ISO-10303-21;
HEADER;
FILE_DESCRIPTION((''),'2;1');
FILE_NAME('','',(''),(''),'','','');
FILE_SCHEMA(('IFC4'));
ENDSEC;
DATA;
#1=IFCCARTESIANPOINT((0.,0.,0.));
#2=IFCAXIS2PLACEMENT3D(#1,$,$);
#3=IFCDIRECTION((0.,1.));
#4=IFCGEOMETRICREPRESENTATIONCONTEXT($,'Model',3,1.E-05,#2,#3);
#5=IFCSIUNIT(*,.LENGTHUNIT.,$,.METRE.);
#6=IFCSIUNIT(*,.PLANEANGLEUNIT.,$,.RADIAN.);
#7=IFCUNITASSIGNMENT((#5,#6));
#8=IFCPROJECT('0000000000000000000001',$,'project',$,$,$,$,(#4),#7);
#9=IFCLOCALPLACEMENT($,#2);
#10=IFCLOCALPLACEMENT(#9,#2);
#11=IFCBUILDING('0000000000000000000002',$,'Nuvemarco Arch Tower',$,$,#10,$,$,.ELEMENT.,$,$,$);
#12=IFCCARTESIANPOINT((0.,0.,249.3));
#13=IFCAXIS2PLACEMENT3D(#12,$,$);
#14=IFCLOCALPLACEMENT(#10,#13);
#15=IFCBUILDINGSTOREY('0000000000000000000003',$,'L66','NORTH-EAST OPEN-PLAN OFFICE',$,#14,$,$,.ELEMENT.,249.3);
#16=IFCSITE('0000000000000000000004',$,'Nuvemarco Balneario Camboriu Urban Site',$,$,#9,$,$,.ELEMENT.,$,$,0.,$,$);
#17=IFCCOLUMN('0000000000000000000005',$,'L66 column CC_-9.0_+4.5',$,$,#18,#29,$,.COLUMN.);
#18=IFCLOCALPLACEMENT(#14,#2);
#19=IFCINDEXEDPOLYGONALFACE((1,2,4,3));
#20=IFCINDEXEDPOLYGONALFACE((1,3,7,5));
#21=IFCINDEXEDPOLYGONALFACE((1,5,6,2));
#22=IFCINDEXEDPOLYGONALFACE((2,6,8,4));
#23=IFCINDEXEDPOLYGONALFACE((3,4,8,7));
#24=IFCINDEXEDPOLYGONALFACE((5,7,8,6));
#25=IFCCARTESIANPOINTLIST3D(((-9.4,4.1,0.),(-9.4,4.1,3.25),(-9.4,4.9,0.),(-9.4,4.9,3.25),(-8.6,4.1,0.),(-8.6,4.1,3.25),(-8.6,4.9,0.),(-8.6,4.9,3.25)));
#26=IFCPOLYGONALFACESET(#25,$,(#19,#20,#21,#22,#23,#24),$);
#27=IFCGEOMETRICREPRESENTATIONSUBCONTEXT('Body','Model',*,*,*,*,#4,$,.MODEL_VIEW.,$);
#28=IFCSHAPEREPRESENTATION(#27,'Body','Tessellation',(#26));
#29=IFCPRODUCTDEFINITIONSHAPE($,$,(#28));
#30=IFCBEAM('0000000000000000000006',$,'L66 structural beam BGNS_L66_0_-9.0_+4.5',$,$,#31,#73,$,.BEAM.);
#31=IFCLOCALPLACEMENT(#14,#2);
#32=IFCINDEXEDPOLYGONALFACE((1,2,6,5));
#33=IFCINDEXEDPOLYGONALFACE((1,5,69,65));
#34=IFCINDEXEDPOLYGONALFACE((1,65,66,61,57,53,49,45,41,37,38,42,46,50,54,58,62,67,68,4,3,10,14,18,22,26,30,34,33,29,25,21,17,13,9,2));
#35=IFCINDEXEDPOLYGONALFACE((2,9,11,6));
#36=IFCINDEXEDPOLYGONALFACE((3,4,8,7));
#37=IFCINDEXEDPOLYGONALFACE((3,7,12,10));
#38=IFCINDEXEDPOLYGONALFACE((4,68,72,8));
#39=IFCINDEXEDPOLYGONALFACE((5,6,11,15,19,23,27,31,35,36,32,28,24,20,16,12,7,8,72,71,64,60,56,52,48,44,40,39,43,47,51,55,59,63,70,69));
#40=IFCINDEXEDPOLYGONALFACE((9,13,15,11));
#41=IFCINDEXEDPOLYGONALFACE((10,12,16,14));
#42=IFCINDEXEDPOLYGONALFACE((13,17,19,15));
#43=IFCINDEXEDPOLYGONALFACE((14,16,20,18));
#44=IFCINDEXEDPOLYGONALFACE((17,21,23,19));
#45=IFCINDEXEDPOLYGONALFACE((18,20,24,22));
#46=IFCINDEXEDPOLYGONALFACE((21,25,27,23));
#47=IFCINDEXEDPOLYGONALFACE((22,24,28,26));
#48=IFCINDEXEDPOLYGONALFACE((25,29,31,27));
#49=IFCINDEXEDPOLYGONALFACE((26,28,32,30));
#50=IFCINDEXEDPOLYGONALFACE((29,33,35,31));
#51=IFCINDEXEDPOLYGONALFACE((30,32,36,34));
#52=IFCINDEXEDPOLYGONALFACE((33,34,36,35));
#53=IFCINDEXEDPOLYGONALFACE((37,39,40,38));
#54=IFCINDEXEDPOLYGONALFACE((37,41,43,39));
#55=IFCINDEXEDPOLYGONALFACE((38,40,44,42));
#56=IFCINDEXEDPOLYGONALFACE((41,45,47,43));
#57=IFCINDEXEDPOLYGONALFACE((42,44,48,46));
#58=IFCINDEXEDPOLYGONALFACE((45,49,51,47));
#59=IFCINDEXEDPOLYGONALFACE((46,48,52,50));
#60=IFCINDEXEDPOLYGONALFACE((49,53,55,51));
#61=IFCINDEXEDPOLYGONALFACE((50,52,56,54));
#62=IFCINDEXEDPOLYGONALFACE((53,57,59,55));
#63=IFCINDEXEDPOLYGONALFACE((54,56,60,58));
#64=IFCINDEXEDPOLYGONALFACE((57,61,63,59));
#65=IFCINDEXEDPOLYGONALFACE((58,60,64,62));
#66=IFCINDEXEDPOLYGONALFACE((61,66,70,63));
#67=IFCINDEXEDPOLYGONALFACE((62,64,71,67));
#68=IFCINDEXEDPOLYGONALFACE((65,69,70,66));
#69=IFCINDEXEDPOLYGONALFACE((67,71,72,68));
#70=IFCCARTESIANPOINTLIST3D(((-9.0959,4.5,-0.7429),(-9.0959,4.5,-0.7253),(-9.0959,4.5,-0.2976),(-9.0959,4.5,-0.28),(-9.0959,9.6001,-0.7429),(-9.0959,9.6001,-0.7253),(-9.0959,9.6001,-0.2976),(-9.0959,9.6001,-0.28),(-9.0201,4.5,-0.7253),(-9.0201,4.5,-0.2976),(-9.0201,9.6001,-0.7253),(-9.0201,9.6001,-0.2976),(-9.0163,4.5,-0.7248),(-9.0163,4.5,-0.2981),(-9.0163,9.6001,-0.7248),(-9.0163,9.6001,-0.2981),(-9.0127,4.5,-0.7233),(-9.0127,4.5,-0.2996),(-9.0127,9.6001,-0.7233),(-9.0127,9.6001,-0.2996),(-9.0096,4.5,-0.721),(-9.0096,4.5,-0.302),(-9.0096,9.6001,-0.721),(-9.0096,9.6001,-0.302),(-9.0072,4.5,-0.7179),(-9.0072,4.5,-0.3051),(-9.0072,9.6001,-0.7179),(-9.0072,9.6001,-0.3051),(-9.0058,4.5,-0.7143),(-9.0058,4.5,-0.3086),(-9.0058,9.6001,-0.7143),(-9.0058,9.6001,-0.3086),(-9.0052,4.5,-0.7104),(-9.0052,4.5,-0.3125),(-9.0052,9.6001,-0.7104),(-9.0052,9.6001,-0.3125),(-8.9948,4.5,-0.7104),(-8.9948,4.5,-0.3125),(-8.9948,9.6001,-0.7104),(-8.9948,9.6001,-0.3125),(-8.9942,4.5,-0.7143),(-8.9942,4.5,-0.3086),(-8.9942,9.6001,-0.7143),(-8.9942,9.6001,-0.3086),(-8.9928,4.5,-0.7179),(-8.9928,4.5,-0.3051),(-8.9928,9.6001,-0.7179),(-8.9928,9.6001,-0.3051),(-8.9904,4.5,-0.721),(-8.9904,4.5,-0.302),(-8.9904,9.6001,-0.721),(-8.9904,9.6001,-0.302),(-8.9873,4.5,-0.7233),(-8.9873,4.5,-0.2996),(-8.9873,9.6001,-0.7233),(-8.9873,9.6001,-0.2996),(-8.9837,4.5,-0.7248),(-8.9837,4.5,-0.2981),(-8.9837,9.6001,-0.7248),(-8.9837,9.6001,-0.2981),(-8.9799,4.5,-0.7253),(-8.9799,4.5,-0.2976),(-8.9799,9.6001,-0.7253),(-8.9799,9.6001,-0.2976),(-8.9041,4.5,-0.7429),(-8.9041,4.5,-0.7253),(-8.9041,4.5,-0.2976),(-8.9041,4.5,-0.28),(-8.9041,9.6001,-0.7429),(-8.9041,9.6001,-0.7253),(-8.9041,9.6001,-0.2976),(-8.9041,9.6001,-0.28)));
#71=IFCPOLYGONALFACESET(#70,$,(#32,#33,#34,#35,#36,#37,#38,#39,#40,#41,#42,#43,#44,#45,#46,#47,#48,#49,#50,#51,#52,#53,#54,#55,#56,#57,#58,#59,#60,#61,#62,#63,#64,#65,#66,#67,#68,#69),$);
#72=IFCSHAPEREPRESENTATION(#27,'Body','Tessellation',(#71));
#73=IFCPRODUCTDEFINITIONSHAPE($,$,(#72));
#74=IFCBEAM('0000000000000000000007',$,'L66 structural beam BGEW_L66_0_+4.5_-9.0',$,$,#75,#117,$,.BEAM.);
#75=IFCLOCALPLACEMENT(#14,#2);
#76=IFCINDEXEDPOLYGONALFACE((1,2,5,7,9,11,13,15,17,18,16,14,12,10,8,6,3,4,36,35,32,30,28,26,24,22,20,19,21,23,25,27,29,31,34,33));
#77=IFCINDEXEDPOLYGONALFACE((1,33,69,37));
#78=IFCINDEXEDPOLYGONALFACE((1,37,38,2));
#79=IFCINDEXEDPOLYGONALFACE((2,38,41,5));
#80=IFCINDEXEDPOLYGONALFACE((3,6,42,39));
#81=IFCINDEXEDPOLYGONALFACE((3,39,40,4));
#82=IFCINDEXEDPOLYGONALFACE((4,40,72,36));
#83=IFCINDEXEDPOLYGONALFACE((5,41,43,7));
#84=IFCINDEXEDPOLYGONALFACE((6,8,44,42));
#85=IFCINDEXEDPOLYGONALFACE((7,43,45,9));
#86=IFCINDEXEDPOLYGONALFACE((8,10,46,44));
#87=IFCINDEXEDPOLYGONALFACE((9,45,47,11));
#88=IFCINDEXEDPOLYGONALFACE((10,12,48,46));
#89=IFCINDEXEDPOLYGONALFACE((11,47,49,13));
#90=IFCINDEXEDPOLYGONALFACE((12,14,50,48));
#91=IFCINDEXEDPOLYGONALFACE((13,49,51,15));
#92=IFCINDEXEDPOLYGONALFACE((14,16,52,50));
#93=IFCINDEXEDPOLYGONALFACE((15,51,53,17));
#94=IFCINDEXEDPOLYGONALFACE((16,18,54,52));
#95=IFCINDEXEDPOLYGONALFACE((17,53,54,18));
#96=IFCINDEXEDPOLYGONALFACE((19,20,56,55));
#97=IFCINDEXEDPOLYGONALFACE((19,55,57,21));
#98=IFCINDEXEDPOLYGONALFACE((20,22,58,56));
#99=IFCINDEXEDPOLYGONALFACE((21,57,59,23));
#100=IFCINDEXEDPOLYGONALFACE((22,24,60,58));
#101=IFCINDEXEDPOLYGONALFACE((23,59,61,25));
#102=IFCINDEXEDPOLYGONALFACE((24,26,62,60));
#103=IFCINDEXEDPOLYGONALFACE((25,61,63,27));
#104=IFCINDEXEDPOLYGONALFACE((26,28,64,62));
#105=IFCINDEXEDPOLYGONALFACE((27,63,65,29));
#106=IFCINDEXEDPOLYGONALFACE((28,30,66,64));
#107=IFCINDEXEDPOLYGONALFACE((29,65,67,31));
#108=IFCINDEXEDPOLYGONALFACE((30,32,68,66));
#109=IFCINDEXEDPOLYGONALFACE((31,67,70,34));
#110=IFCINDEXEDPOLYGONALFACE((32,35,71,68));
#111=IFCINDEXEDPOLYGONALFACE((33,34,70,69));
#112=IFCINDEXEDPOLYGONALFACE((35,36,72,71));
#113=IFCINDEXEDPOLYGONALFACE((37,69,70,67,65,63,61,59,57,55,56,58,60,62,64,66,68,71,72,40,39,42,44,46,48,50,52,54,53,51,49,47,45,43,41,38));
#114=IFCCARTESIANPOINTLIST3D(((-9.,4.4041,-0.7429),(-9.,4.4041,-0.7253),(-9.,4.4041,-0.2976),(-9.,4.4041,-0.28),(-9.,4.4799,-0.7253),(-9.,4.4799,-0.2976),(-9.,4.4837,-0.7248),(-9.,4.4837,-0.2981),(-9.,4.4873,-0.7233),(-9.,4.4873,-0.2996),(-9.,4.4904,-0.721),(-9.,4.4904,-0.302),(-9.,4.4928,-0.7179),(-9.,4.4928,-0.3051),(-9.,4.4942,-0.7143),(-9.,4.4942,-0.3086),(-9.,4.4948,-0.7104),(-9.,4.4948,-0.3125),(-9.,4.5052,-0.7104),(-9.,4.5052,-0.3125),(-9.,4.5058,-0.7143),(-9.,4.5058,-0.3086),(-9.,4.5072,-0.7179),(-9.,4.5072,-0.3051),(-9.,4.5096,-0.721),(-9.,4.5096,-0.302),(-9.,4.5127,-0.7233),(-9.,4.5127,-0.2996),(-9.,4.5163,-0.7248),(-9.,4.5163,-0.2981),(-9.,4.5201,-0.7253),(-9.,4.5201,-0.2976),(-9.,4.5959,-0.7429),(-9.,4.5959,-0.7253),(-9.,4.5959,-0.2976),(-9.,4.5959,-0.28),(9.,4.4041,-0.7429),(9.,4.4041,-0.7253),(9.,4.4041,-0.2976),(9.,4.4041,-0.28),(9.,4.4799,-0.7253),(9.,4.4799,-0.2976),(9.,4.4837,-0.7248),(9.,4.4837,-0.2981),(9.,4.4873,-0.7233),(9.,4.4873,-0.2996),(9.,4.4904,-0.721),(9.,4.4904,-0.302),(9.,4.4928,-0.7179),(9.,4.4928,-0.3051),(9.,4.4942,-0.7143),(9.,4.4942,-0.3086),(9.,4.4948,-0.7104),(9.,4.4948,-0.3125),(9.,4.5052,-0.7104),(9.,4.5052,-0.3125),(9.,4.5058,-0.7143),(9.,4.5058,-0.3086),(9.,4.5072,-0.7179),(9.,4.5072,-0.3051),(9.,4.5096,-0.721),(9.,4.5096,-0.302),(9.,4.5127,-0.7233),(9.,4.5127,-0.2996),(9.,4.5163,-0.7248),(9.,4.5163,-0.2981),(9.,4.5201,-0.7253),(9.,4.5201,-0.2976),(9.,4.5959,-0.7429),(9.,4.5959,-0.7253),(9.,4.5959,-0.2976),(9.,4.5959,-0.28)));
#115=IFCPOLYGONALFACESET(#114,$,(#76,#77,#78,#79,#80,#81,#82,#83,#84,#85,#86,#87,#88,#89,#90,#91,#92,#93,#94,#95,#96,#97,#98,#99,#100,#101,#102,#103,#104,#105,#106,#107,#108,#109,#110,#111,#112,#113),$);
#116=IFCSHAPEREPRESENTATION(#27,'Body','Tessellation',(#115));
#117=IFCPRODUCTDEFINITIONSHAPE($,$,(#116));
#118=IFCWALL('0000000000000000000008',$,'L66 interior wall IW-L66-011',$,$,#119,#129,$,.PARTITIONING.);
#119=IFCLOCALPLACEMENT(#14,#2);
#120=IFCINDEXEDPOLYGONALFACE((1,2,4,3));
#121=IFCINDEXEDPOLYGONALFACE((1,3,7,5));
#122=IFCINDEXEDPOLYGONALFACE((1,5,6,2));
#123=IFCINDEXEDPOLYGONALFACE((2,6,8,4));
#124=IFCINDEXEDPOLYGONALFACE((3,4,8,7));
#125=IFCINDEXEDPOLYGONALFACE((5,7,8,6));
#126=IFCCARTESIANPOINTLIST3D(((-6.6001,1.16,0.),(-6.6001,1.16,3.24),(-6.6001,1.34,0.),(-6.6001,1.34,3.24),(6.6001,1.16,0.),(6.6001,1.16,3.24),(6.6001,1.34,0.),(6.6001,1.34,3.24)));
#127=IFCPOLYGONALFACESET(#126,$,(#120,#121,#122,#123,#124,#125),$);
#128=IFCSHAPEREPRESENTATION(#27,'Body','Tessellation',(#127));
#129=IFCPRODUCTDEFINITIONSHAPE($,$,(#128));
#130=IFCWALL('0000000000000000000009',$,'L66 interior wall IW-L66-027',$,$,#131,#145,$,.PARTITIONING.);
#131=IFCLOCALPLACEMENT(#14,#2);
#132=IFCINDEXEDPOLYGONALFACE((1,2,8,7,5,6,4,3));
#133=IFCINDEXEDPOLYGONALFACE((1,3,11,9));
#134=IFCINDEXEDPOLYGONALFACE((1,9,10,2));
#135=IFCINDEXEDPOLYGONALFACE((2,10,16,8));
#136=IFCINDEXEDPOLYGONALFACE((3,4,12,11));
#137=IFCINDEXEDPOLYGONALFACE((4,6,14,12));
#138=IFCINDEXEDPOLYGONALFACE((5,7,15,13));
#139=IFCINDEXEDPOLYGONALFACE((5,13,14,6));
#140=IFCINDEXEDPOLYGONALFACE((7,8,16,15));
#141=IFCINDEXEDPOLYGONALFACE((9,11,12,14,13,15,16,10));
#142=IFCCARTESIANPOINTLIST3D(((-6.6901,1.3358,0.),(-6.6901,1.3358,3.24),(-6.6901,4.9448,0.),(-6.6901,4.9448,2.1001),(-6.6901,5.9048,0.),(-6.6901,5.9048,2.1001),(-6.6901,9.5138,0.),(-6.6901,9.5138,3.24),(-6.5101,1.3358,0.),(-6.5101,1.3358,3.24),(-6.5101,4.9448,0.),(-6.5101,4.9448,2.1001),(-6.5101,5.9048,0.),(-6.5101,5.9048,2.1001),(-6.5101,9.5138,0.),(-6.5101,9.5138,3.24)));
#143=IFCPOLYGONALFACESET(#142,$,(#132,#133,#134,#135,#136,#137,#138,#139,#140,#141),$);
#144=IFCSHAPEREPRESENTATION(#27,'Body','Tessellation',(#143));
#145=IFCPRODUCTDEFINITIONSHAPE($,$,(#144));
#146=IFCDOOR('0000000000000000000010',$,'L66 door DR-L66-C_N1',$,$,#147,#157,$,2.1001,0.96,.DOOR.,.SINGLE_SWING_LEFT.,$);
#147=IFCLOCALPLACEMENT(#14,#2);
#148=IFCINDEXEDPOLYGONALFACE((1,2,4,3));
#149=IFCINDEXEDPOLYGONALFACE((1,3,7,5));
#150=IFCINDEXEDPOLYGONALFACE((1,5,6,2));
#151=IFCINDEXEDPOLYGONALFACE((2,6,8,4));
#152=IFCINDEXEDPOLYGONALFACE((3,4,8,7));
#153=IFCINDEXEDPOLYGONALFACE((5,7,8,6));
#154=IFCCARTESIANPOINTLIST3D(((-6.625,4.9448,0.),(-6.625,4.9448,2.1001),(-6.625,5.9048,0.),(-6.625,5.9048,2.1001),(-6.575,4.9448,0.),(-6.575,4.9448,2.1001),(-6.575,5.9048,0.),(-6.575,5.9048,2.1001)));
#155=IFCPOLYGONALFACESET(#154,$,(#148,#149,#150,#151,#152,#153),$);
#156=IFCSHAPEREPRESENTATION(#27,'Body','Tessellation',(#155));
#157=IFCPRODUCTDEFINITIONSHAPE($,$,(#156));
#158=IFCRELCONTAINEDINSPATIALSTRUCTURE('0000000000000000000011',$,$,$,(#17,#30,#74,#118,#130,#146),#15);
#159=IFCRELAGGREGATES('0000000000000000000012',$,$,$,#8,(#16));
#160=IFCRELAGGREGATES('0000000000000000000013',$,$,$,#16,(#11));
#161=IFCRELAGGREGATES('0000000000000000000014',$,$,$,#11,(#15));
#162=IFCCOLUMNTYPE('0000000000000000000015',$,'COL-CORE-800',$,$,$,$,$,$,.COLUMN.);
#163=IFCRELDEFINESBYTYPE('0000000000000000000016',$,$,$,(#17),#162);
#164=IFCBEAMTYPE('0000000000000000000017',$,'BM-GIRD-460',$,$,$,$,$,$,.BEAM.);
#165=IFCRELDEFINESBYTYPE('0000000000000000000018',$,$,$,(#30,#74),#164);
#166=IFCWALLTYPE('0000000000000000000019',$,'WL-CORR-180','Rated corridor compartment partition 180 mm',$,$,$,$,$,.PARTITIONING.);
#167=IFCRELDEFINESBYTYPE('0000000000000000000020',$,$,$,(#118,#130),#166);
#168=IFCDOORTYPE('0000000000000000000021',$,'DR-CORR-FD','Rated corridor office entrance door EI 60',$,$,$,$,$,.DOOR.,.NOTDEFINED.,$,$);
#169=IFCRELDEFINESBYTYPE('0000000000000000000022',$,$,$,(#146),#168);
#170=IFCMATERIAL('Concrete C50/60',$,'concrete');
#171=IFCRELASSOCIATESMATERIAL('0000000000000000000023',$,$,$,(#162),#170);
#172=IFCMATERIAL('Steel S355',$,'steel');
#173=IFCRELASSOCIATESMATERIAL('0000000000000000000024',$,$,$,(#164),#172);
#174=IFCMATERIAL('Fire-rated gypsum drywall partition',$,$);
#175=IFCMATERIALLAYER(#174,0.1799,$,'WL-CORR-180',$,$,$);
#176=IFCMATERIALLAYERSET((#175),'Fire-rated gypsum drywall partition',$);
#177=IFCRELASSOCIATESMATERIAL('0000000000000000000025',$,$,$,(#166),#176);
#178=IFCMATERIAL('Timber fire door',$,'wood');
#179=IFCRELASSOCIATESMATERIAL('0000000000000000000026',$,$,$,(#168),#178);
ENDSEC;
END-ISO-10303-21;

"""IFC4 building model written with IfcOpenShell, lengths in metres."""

from ifc_helpers import new_model, si_unit, direction, frame, frame_2d, origin, origin_2d, place, context, subcontext, project, spatial, rectangle, i_section, extrude, source, transform, mapped, material, layer, layer_set, material_profile, profile_set, type_object, type_shapes, element, fill, save


model = new_model("IFC4")

# Units and contexts
model_context = context("Model", 3, precision=1e-05, world=origin(), true_north=direction((0.0, 1.0)))
body_context = subcontext(model_context, "Body", "Model", "MODEL_VIEW")
ifc_project = project(units=[si_unit("LENGTHUNIT", "METRE"), si_unit("PLANEANGLEUNIT", "RADIAN")], contexts=[model_context])

# Site, building, storey
site_placement = place(None, origin())
site = spatial("IfcSite", under=ifc_project, at=site_placement, Name="Nuvemarco Balneario Camboriu Urban Site", CompositionType="ELEMENT", RefElevation=0.0)
building_placement = place(site_placement, origin())
building = spatial("IfcBuilding", under=site, at=building_placement, Name="Nuvemarco Arch Tower", CompositionType="ELEMENT")
storey_placement = place(building_placement, frame((0.0, 0.0, 249.3)))
storey = spatial("IfcBuildingStorey", under=building, at=storey_placement, Name="L66", Description="NORTH-EAST OPEN-PLAN OFFICE", CompositionType="ELEMENT", Elevation=249.3)

# Column
ifc_material_1 = material(Name="Concrete C50/60", Category="concrete")
ifc_material_profile_1 = material_profile(ifc_material_1, rectangle(XDim=0.8, YDim=0.8, at=origin_2d()), Name="RC-COL-800x800")
ifc_profile_set_1 = profile_set([ifc_material_profile_1], Name="Concrete C50/60")
column_type = type_object("IfcColumnType", Name="COL-CORE-800", PredefinedType="COLUMN", material=ifc_profile_set_1)
column_placement = place(storey_placement, frame((-9.0, 4.5, 0.0), z_axis=(0.0, 0.0, 1.0), x_axis=(1.0, 0.0, 0.0)))
element("IfcColumn", 1, at=column_placement, inside=storey, type_object=column_type, Name="L66 column CC_-9.0_+4.5", PredefinedType="COLUMN", context=body_context, shape_type="SweptSolid", body=[
    extrude(rectangle(XDim=0.8, YDim=0.8, at=origin_2d()), origin(), (0.0, 0.0, 1.0), 3.25),
])

# Beams
ifc_material_2 = material(Name="Steel S355", Category="steel")
ifc_material_profile_2 = material_profile(ifc_material_2, i_section(OverallWidth=0.1919, OverallDepth=0.4629, WebThickness=0.0105, FlangeThickness=0.0176, FilletRadius=0.0149, at=origin_2d()), Name="W460x89")
ifc_profile_set_2 = profile_set([ifc_material_profile_2], Name="Steel S355")
beam_type = type_object("IfcBeamType", Name="BM-GIRD-460", PredefinedType="BEAM", material=ifc_profile_set_2)
beam_1_placement = place(storey_placement, frame((-9.0, 4.5, -0.5115), z_axis=(0.0, 1.0, 0.0), x_axis=(-1.0, 0.0, 0.0)))
element("IfcBeam", 2, at=beam_1_placement, inside=storey, type_object=beam_type, Name="L66 structural beam BGNS_L66_0_-9.0_+4.5", PredefinedType="BEAM", context=body_context, shape_type="SweptSolid", body=[
    extrude(i_section(OverallWidth=0.1919, OverallDepth=0.4629, WebThickness=0.0105, FlangeThickness=0.0176, FilletRadius=0.0149, at=origin_2d()), origin(), (0.0, 0.0, 1.0), 5.1001),
])
beam_2_placement = place(storey_placement, frame((-9.0, 4.5, -0.5115), z_axis=(1.0, 0.0, 0.0), x_axis=(0.0, 1.0, 0.0)))
element("IfcBeam", 3, at=beam_2_placement, inside=storey, type_object=beam_type, Name="L66 structural beam BGEW_L66_0_+4.5_-9.0", PredefinedType="BEAM", context=body_context, shape_type="SweptSolid", body=[
    extrude(i_section(OverallWidth=0.1919, OverallDepth=0.4629, WebThickness=0.0105, FlangeThickness=0.0176, FilletRadius=0.0149, at=origin_2d()), origin(), (0.0, 0.0, 1.0), 18.0),
])

# Wall
ifc_material_3 = material(Name="Fire-rated gypsum drywall partition")
ifc_layer_1 = layer(ifc_material_3, 0.1799, Name="WL-CORR-180")
ifc_layer_set_1 = layer_set([ifc_layer_1], Name="Fire-rated gypsum drywall partition")
wall_type_1 = type_object("IfcWallType", Name="WL-CORR-180", Description="Rated corridor compartment partition 180 mm", PredefinedType="PARTITIONING", material=ifc_layer_set_1)
wall_1_placement = place(storey_placement, frame((-6.6001, 1.25, 0.0), z_axis=(0.0, 0.0, 1.0), x_axis=(1.0, 0.0, 0.0)))
element("IfcWall", 4, at=wall_1_placement, inside=storey, type_object=wall_type_1, Name="L66 interior wall IW-L66-011", PredefinedType="PARTITIONING", context=body_context, shape_type="SweptSolid", body=[
    extrude(rectangle(XDim=13.2002, YDim=0.1799, at=frame_2d((6.6001, 0.0))), origin(), (0.0, 0.0, 1.0), 3.24),
])

# Wall, opening, door
wall_2_placement = place(storey_placement, frame((-6.6001, 1.3359, 0.0), z_axis=(0.0, 0.0, 1.0), x_axis=(0.0, 1.0, 0.0)))
wall_2 = element("IfcWall", 5, at=wall_2_placement, inside=storey, type_object=wall_type_1, Name="L66 interior wall IW-L66-027", PredefinedType="PARTITIONING", context=body_context, shape_type="SweptSolid", body=[
    extrude(rectangle(XDim=8.178, YDim=0.1799, at=frame_2d((4.0889, 0.0))), origin(), (0.0, 0.0, 1.0), 3.24),
])
opening_1_placement = place(wall_2_placement, frame((3.6089, 0.0, 0.0)))
opening_1 = element("IfcOpeningElement", 6, at=opening_1_placement, cuts=wall_2, PredefinedType="OPENING", context=body_context, shape_type="SweptSolid", body=[
    extrude(rectangle(XDim=0.96, YDim=2.1001, at=frame_2d((0.48, 1.05))), frame((0.0, 0.0999, 0.0), z_axis=(0.0, -1.0, 0.0), x_axis=(1.0, 0.0, 0.0)), (0.0, 0.0, 1.0), 0.2),
])
ifc_material_4 = material(Name="Timber fire door", Category="wood")
door_type_1 = type_object("IfcDoorType", Name="DR-CORR-FD", Description="Rated corridor office entrance door EI 60", OperationType="NOTDEFINED", PredefinedType="DOOR", material=ifc_material_4)
shared_shape_1 = source(origin(), body_context, "Body", "SweptSolid", [
    extrude(rectangle(XDim=0.96, YDim=2.1001, at=frame_2d((0.48, 1.05))), frame((0.0, 0.0249, 0.0), z_axis=(0.0, -1.0, 0.0), x_axis=(1.0, 0.0, 0.0)), (0.0, 0.0, 1.0), 0.05),
])
type_shapes(door_type_1, [shared_shape_1])
door_1_placement = place(opening_1_placement, origin())
door_1 = element("IfcDoor", 7, at=door_1_placement, inside=storey, type_object=door_type_1, Name="L66 door DR-L66-C_N1", OperationType="SINGLE_SWING_LEFT", OverallHeight=2.1001, OverallWidth=0.96, PredefinedType="DOOR", context=body_context, shape_type="MappedRepresentation", body=[
    mapped(shared_shape_1, transform((0.0, 0.0, 0.0), scale=1.0)),
])
fill(opening_1, door_1)

save(model, "model.ifc")
